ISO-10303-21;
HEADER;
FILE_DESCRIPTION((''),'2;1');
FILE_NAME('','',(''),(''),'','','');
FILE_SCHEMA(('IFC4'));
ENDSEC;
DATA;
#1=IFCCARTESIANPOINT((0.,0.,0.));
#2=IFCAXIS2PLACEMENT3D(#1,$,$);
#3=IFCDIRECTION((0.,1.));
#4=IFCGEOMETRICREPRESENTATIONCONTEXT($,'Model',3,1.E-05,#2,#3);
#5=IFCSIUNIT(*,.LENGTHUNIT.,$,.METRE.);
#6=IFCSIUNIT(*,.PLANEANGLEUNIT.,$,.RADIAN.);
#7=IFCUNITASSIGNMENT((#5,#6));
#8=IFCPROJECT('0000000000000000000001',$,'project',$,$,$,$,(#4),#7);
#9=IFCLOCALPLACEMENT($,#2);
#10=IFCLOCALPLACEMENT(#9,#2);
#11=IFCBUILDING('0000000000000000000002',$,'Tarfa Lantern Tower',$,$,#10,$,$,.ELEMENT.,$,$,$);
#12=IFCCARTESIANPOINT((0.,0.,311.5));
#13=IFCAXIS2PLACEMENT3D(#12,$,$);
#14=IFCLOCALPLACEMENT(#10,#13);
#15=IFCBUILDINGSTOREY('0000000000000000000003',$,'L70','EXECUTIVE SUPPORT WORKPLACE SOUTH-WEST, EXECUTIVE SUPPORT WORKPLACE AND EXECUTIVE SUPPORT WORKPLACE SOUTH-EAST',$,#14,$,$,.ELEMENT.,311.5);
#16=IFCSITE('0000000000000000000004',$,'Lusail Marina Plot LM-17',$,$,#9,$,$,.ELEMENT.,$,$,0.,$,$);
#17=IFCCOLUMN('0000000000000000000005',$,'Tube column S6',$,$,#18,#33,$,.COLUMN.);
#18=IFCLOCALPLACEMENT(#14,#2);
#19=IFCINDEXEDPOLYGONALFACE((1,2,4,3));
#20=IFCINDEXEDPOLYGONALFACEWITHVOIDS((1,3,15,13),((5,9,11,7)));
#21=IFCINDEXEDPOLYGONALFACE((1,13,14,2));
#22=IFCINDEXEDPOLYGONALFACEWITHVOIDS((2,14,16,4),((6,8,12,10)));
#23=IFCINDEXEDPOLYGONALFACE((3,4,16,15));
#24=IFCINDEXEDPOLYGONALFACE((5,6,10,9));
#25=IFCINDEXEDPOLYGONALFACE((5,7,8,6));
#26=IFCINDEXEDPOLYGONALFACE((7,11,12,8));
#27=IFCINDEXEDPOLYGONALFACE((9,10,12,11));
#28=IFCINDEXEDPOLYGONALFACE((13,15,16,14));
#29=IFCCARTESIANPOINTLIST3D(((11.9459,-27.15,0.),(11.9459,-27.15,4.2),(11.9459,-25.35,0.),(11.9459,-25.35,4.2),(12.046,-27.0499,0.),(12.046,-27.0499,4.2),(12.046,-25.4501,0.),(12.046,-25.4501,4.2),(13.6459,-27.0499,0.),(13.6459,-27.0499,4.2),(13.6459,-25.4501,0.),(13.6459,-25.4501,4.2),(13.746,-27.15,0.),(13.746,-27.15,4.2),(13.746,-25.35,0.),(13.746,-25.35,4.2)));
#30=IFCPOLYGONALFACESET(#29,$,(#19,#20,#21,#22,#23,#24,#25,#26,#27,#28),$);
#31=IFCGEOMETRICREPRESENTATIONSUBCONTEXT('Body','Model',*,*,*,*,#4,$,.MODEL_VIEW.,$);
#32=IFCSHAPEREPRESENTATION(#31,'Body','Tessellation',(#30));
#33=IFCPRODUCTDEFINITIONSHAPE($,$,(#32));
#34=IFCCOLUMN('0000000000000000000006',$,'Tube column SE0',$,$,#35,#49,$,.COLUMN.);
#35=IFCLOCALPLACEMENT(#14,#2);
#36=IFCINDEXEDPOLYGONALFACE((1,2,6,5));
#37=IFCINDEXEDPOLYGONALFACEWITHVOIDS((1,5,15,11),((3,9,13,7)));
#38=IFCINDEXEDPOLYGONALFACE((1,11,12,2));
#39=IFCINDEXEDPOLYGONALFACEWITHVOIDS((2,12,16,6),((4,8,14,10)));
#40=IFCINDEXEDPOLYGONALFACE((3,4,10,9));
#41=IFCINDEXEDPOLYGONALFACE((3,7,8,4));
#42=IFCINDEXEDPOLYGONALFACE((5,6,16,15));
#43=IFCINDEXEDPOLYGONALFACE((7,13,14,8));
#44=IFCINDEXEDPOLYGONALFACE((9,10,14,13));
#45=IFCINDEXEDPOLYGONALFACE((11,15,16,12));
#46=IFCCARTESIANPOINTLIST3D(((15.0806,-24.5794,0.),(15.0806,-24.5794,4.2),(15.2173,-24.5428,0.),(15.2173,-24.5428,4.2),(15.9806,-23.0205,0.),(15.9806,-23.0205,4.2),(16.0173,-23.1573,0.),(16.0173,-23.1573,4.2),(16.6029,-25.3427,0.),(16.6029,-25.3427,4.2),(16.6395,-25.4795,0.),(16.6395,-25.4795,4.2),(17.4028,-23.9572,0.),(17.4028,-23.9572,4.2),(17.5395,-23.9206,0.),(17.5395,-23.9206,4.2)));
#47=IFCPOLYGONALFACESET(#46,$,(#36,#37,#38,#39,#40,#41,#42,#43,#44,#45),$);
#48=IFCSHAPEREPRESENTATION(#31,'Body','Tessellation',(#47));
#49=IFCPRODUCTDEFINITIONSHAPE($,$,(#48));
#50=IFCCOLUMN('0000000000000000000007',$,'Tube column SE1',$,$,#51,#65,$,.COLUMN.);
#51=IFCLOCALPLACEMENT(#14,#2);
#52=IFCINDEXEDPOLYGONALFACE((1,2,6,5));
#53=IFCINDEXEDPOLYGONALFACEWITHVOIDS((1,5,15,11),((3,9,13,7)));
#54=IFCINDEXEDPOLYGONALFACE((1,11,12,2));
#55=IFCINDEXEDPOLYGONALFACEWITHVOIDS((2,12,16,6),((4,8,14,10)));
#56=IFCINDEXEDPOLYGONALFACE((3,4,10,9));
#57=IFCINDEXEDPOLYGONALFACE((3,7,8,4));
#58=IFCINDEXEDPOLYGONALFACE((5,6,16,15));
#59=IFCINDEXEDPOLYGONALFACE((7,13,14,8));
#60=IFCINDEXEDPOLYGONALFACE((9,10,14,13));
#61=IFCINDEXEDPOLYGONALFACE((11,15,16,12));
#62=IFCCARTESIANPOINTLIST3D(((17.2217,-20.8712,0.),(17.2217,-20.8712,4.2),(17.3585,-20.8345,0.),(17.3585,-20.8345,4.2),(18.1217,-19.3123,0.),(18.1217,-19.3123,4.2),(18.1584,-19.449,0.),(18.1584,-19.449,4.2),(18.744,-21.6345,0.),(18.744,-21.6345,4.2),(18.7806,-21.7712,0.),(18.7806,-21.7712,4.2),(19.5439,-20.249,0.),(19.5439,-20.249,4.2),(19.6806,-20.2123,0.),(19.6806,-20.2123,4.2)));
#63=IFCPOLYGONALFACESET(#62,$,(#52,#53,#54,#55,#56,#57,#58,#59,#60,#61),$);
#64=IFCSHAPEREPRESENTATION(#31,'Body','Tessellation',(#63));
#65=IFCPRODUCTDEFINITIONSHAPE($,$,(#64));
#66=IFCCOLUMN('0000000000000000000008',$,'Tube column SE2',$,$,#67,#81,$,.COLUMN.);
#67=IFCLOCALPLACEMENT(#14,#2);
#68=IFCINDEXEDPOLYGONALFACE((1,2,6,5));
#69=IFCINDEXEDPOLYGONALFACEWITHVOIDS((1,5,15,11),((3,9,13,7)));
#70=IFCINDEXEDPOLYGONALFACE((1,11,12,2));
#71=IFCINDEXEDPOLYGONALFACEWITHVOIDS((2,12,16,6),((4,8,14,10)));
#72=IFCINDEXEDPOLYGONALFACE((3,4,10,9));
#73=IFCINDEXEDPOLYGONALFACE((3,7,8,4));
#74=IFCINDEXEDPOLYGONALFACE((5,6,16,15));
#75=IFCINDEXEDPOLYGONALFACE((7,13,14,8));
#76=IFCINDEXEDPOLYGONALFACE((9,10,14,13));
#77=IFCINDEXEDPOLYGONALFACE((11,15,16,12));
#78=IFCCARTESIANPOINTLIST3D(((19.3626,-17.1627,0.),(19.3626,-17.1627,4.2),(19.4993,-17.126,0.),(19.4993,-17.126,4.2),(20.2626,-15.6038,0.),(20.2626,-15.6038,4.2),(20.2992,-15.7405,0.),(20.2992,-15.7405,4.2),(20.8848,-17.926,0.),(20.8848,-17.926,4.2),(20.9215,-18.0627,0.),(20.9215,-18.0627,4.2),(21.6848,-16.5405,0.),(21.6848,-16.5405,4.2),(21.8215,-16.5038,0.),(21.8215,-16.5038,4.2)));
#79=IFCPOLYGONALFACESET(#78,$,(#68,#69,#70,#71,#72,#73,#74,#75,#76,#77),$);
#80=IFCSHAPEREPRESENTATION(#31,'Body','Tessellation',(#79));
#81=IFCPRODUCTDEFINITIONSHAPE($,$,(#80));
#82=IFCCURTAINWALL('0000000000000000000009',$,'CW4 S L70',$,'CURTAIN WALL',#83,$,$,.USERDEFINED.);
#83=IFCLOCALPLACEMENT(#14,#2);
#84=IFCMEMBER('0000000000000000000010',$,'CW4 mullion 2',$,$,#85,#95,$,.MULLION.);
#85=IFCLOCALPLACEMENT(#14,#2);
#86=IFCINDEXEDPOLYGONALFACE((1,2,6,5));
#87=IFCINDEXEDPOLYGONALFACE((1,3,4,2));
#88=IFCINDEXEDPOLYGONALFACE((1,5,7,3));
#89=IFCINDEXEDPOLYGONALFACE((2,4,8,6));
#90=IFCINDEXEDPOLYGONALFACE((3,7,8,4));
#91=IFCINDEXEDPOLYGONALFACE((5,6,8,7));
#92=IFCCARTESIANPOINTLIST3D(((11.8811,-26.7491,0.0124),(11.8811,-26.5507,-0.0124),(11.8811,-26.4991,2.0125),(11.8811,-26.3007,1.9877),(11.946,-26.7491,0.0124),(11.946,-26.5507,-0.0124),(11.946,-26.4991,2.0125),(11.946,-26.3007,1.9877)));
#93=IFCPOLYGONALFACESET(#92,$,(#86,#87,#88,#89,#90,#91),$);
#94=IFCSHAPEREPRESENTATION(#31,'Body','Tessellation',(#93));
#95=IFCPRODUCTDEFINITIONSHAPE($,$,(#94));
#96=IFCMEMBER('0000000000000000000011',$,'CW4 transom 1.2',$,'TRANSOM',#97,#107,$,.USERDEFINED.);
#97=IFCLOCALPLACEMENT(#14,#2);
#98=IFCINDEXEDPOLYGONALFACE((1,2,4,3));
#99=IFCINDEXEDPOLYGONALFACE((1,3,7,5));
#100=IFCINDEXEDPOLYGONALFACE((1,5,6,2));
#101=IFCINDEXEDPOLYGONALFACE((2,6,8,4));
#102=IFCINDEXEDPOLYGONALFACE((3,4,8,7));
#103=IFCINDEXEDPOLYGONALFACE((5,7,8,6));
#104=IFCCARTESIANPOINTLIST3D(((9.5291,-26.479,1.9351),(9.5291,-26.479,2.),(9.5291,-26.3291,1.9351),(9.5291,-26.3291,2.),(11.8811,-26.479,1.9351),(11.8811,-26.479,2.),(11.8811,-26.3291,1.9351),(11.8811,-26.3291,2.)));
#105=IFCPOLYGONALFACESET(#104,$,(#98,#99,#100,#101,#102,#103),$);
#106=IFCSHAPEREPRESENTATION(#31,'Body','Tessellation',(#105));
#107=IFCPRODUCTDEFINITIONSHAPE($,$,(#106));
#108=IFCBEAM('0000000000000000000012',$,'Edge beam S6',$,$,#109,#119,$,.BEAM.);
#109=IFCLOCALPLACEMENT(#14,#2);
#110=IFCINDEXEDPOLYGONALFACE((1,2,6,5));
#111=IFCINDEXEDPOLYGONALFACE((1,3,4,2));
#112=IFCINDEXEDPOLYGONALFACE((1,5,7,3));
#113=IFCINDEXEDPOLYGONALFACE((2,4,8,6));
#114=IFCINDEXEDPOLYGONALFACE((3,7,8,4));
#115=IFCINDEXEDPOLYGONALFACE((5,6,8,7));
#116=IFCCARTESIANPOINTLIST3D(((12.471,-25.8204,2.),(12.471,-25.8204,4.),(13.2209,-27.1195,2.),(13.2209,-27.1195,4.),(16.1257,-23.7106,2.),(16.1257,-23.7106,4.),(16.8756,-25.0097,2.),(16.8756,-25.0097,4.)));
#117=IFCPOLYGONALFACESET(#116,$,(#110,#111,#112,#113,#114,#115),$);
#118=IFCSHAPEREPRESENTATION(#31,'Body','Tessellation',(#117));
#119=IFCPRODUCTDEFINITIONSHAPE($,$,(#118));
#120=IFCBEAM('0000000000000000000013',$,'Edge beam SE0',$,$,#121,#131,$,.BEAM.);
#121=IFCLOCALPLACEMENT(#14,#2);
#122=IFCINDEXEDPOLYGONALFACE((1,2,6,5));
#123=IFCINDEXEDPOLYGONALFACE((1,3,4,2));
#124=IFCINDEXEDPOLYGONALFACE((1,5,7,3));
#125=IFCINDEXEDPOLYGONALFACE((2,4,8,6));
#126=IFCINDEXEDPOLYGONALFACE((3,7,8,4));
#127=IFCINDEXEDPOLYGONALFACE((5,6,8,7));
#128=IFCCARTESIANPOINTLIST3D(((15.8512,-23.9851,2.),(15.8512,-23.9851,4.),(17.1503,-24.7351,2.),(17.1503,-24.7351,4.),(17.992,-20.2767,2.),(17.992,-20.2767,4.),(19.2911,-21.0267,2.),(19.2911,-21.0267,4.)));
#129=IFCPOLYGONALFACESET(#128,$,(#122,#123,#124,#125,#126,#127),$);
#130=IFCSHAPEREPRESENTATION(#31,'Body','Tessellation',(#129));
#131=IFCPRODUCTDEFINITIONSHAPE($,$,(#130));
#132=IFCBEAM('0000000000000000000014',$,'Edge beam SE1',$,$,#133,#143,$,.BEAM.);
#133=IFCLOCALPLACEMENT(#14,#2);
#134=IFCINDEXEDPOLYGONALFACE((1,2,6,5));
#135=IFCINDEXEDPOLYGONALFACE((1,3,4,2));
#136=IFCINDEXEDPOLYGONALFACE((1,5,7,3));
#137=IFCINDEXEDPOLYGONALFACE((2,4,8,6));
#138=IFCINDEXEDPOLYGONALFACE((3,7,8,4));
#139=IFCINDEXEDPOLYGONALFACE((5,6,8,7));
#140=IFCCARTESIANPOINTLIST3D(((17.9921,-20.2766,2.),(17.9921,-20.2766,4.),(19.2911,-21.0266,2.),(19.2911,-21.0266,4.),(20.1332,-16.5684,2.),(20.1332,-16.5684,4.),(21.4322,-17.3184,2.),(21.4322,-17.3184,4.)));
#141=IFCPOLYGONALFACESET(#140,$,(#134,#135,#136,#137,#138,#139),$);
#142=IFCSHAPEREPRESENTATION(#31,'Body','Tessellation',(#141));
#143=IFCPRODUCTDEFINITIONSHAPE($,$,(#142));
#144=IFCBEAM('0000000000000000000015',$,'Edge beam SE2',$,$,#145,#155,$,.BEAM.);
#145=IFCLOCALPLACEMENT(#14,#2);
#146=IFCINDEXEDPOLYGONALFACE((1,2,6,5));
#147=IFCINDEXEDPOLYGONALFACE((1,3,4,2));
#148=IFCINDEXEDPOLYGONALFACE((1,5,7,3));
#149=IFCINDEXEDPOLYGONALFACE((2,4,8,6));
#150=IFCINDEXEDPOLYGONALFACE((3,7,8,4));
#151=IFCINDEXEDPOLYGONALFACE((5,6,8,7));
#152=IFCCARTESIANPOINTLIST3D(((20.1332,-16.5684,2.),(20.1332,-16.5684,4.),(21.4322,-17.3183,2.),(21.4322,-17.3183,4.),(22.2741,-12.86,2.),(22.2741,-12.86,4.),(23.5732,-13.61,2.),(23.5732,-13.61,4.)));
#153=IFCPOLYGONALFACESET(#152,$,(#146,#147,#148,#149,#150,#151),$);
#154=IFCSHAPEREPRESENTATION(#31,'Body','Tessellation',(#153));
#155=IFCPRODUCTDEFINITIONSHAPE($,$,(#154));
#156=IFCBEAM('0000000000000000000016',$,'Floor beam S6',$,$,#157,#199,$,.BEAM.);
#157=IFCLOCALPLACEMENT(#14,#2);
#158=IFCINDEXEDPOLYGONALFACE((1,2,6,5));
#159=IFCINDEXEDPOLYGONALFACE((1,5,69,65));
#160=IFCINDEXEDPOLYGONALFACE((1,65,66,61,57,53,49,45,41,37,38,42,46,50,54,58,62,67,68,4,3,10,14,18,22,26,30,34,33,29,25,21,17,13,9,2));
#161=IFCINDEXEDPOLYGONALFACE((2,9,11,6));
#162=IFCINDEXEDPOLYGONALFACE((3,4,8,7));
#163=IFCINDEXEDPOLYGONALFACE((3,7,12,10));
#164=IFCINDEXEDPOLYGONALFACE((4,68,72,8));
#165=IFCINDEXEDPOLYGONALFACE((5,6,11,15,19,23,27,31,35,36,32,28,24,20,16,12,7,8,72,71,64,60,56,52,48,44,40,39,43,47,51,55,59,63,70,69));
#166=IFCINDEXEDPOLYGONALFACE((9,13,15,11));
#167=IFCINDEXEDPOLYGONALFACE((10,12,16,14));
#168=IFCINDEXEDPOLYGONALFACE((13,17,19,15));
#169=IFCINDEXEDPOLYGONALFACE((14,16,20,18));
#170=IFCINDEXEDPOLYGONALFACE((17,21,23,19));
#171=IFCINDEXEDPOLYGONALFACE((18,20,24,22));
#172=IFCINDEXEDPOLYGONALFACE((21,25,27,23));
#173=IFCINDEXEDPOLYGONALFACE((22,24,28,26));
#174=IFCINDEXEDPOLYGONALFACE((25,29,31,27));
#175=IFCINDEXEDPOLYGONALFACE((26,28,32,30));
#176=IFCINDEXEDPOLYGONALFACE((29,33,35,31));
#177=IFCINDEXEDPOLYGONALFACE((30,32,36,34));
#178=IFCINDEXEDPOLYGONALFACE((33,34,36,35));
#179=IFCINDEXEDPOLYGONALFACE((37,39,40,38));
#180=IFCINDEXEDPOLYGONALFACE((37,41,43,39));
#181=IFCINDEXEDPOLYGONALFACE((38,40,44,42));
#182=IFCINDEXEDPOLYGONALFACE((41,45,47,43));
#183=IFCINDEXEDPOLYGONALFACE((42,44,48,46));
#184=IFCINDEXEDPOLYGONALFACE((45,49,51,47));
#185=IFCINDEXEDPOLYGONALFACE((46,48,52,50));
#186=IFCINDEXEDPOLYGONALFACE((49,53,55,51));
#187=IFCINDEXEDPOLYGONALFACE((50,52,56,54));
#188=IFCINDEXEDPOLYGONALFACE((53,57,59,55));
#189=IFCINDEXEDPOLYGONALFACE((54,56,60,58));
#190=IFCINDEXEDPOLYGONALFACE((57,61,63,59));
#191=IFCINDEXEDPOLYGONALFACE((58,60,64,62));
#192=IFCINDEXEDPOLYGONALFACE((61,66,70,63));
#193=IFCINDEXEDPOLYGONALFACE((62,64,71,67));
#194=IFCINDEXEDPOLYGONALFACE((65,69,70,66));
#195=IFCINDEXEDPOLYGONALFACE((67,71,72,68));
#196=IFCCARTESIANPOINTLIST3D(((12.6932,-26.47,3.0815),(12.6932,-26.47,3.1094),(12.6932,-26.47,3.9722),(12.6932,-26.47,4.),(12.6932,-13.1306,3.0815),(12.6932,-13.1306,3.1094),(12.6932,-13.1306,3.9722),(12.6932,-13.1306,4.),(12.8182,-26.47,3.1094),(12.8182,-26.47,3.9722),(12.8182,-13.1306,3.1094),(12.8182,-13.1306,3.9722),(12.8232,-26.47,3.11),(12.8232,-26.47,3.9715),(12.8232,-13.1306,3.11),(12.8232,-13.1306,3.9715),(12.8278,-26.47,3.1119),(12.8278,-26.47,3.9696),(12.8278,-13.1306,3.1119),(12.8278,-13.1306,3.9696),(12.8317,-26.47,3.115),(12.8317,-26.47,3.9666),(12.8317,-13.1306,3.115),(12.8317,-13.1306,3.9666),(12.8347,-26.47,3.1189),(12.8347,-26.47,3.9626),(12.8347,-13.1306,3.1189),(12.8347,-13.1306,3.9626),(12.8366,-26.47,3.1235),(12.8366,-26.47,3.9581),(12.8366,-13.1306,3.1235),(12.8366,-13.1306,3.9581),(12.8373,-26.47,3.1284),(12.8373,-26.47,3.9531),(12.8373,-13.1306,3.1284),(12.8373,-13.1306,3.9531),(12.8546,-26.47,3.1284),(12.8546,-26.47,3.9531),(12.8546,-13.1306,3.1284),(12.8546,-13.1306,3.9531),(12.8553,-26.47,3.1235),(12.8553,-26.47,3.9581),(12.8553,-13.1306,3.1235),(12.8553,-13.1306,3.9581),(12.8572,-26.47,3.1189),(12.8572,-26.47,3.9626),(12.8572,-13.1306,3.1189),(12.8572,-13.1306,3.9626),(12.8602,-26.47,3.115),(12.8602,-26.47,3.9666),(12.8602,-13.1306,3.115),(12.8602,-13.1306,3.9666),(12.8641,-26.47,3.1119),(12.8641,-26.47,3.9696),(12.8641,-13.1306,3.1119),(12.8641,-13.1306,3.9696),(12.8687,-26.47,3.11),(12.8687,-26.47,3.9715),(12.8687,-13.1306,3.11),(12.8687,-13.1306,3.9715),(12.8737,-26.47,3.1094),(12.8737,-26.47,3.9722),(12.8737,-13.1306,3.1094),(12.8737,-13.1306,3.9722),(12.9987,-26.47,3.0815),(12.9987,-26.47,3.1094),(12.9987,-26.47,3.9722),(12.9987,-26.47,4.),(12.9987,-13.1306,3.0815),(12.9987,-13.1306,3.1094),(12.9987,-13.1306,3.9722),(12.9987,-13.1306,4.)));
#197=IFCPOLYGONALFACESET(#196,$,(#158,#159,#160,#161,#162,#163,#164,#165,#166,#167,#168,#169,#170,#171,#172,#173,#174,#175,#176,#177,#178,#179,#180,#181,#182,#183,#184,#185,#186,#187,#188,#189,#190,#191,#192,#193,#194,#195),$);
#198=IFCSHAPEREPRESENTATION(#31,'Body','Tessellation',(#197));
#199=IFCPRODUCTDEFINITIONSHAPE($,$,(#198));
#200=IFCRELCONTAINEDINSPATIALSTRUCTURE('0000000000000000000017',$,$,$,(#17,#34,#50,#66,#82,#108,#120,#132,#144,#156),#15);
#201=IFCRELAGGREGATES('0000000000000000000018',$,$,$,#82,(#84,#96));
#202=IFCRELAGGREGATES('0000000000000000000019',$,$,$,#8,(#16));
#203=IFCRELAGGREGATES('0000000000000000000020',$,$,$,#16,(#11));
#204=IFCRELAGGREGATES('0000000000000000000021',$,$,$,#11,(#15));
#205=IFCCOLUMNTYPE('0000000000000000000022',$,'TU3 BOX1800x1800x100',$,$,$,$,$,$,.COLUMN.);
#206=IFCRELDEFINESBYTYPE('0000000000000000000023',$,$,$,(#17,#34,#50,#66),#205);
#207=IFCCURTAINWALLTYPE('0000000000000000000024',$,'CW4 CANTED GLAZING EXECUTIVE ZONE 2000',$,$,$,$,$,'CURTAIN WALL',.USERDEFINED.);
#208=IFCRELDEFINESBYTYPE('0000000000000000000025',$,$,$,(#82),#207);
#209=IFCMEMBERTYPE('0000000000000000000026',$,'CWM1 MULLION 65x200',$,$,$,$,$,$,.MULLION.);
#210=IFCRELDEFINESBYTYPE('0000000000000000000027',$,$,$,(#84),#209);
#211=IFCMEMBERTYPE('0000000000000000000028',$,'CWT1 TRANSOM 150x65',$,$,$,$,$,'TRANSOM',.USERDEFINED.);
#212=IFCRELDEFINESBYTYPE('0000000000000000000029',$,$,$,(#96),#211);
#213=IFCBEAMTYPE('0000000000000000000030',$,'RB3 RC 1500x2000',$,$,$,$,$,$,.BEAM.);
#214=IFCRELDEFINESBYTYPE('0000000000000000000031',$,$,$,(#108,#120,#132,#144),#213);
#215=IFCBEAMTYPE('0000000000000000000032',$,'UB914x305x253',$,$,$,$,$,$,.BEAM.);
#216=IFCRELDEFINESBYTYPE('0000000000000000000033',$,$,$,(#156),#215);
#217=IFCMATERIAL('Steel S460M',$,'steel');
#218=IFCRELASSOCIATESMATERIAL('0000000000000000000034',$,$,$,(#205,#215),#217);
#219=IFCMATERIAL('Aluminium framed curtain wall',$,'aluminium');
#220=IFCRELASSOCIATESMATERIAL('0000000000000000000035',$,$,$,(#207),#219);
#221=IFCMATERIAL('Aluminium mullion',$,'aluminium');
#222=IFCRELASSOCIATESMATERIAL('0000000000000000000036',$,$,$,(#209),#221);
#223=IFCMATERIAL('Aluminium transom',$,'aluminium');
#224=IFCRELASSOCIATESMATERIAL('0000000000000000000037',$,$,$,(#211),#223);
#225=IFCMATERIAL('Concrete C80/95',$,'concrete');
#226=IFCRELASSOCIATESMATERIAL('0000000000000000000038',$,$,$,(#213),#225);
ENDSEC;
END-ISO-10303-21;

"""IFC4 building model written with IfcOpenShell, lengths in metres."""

from ifc_helpers import new_model, si_unit, direction, frame, origin, origin_2d, place, context, subcontext, project, spatial, rectangle, hollow_rectangle, i_section, extrude, material, material_profile, profile_set, type_object, element, aggregate, save


model = new_model("IFC4")

# Units and contexts
model_context = context("Model", 3, precision=1e-05, world=origin(), true_north=direction((0.0, 1.0)))
body_context = subcontext(model_context, "Body", "Model", "MODEL_VIEW")
ifc_project = project(units=[si_unit("LENGTHUNIT", "METRE"), si_unit("PLANEANGLEUNIT", "RADIAN")], contexts=[model_context])

# Site, building, storey
site_placement = place(None, origin())
site = spatial("IfcSite", under=ifc_project, at=site_placement, Name="Lusail Marina Plot LM-17", CompositionType="ELEMENT", RefElevation=0.0)
building_placement = place(site_placement, origin())
building = spatial("IfcBuilding", under=site, at=building_placement, Name="Tarfa Lantern Tower", CompositionType="ELEMENT")
storey_placement = place(building_placement, frame((0.0, 0.0, 311.5)))
storey = spatial("IfcBuildingStorey", under=building, at=storey_placement, Name="L70", Description="EXECUTIVE SUPPORT WORKPLACE SOUTH-WEST, EXECUTIVE SUPPORT WORKPLACE AND EXECUTIVE SUPPORT WORKPLACE SOUTH-EAST", CompositionType="ELEMENT", Elevation=311.5)

# Columns
ifc_material_1 = material(Name="Steel S460M", Category="steel")
ifc_material_profile_1 = material_profile(ifc_material_1, hollow_rectangle(XDim=1.8, YDim=1.8, WallThickness=0.1001, at=origin_2d()), Name="BOX1800x1800x100")
ifc_profile_set_1 = profile_set([ifc_material_profile_1], Name="Steel S460M")
column_type = type_object("IfcColumnType", Name="TU3 BOX1800x1800x100", PredefinedType="COLUMN", material=ifc_profile_set_1)
for number, where, z_axis, x_axis, name in (
    (1, (12.8459, -26.25, 0.0), (0.0, 0.0, 1.0), (1.0, 0.0, 0.0), "Tube column S6"),
    (2, (16.3101, -24.25, 0.0), (0.0, 0.0, 1.0), (0.5, 0.866025, 0.0), "Tube column SE0"),
    (3, (18.4512, -20.5417, 0.0), (0.0, 0.0, 1.0), (0.5, 0.866025, 0.0), "Tube column SE1"),
    (4, (20.592, -16.8333, 0.0), (0.0, 0.0, 1.0), (0.5, 0.866025, 0.0), "Tube column SE2"),
):
    element("IfcColumn", number, at=place(storey_placement, frame(where, z_axis=z_axis, x_axis=x_axis)), inside=storey, type_object=column_type, Name=name, PredefinedType="COLUMN", context=body_context, shape_type="SweptSolid", body=[
        extrude(hollow_rectangle(XDim=1.8, YDim=1.8, WallThickness=0.1001, at=origin_2d()), origin(), (0.0, 0.0, 1.0), 4.2),
    ])

# Curtain wall, members
ifc_material_2 = material(Name="Aluminium framed curtain wall", Category="aluminium")
curtain_wall_type = type_object("IfcCurtainWallType", Name="CW4 CANTED GLAZING EXECUTIVE ZONE 2000", ElementType="CURTAIN WALL", PredefinedType="USERDEFINED", material=ifc_material_2)
curtain_wall_placement = place(storey_placement, origin())
curtain_wall = element("IfcCurtainWall", 5, at=curtain_wall_placement, inside=storey, type_object=curtain_wall_type, Name="CW4 S L70", ObjectType="CURTAIN WALL", PredefinedType="USERDEFINED")
ifc_material_3 = material(Name="Aluminium mullion", Category="aluminium")
ifc_material_profile_2 = material_profile(ifc_material_3, rectangle(XDim=0.0649, YDim=0.2, at=origin_2d()), Name="AL MULLION 65x200")
ifc_profile_set_2 = profile_set([ifc_material_profile_2], Name="Aluminium mullion")
member_type_1 = type_object("IfcMemberType", Name="CWM1 MULLION 65x200", PredefinedType="MULLION", material=ifc_profile_set_2)
member_1_placement = place(storey_placement, frame((11.9136, -26.6499, 0.0), z_axis=(0.0, 0.124035, 0.992278), x_axis=(-1.0, 0.0, 0.0)))
member_1 = element("IfcMember", 6, at=member_1_placement, type_object=member_type_1, Name="CW4 mullion 2", PredefinedType="MULLION", context=body_context, shape_type="SweptSolid", body=[
    extrude(rectangle(XDim=0.0649, YDim=0.2, at=origin_2d()), origin(), (0.0, 0.0, 1.0), 2.0156),
])
ifc_material_4 = material(Name="Aluminium transom", Category="aluminium")
ifc_material_profile_3 = material_profile(ifc_material_4, rectangle(XDim=0.1499, YDim=0.0649, at=origin_2d()), Name="AL TRANSOM 150x65")
ifc_profile_set_3 = profile_set([ifc_material_profile_3], Name="Aluminium transom")
member_type_2 = type_object("IfcMemberType", Name="CWT1 TRANSOM 150x65", ElementType="TRANSOM", PredefinedType="USERDEFINED", material=ifc_profile_set_3)
member_2_placement = place(storey_placement, frame((9.5291, -26.4041, 1.9675), z_axis=(1.0, 0.0, 0.0), x_axis=(0.0, 1.0, 0.0)))
member_2 = element("IfcMember", 7, at=member_2_placement, type_object=member_type_2, Name="CW4 transom 1.2", ObjectType="TRANSOM", PredefinedType="USERDEFINED", context=body_context, shape_type="SweptSolid", body=[
    extrude(rectangle(XDim=0.1499, YDim=0.0649, at=origin_2d()), origin(), (0.0, 0.0, 1.0), 2.3521),
])

# Beams
ifc_material_5 = material(Name="Concrete C80/95", Category="concrete")
ifc_material_profile_4 = material_profile(ifc_material_5, rectangle(XDim=1.5, YDim=2.0, at=origin_2d()), Name="RC 1500x2000")
ifc_profile_set_4 = profile_set([ifc_material_profile_4], Name="Concrete C80/95")
beam_type_1 = type_object("IfcBeamType", Name="RB3 RC 1500x2000", PredefinedType="BEAM", material=ifc_profile_set_4)
beam_1_placement = place(storey_placement, frame((12.8459, -26.47, 3.0), z_axis=(0.866049, 0.499959, 0.0), x_axis=(-0.499959, 0.866049, 0.0)))
element("IfcBeam", 8, at=beam_1_placement, inside=storey, type_object=beam_type_1, Name="Edge beam S6", PredefinedType="BEAM", context=body_context, shape_type="SweptSolid", body=[
    extrude(rectangle(XDim=1.5, YDim=2.0, at=origin_2d()), origin(), (0.0, 0.0, 1.0), 4.22),
])
for number, where, z_axis, x_axis, name in (
    (9, (16.5007, -24.3601, 3.0), (0.499959, 0.866049, 0.0), (-0.866049, 0.499959, 0.0), "Edge beam SE0"),
    (10, (18.6416, -20.6516, 3.0), (0.500027, 0.86601, 0.0), (-0.86601, 0.500027, 0.0), "Edge beam SE1"),
    (11, (20.7827, -16.9434, 3.0), (0.499984, 0.866035, 0.0), (-0.866035, 0.499984, 0.0), "Edge beam SE2"),
):
    element("IfcBeam", number, at=place(storey_placement, frame(where, z_axis=z_axis, x_axis=x_axis)), inside=storey, type_object=beam_type_1, Name=name, PredefinedType="BEAM", context=body_context, shape_type="SweptSolid", body=[
        extrude(rectangle(XDim=1.5, YDim=2.0, at=origin_2d()), origin(), (0.0, 0.0, 1.0), 4.282),
    ])
ifc_material_profile_5 = material_profile(ifc_material_1, i_section(OverallWidth=0.3054, OverallDepth=0.9185, WebThickness=0.0173, FlangeThickness=0.0278, FilletRadius=0.019, at=origin_2d()), Name="UB914x305x253")
ifc_profile_set_5 = profile_set([ifc_material_profile_5], Name="Steel S460M")
beam_type_2 = type_object("IfcBeamType", Name="UB914x305x253", PredefinedType="BEAM", material=ifc_profile_set_5)
beam_2_placement = place(storey_placement, frame((12.8459, -26.47, 3.5408), z_axis=(0.0, 1.0, 0.0), x_axis=(-1.0, 0.0, 0.0)))
element("IfcBeam", 12, at=beam_2_placement, inside=storey, type_object=beam_type_2, Name="Floor beam S6", PredefinedType="BEAM", context=body_context, shape_type="SweptSolid", body=[
    extrude(i_section(OverallWidth=0.3054, OverallDepth=0.9185, WebThickness=0.0173, FlangeThickness=0.0278, FilletRadius=0.019, at=origin_2d()), origin(), (0.0, 0.0, 1.0), 13.3394),
])

aggregate(curtain_wall, [member_1, member_2])

save(model, "model.ifc")
